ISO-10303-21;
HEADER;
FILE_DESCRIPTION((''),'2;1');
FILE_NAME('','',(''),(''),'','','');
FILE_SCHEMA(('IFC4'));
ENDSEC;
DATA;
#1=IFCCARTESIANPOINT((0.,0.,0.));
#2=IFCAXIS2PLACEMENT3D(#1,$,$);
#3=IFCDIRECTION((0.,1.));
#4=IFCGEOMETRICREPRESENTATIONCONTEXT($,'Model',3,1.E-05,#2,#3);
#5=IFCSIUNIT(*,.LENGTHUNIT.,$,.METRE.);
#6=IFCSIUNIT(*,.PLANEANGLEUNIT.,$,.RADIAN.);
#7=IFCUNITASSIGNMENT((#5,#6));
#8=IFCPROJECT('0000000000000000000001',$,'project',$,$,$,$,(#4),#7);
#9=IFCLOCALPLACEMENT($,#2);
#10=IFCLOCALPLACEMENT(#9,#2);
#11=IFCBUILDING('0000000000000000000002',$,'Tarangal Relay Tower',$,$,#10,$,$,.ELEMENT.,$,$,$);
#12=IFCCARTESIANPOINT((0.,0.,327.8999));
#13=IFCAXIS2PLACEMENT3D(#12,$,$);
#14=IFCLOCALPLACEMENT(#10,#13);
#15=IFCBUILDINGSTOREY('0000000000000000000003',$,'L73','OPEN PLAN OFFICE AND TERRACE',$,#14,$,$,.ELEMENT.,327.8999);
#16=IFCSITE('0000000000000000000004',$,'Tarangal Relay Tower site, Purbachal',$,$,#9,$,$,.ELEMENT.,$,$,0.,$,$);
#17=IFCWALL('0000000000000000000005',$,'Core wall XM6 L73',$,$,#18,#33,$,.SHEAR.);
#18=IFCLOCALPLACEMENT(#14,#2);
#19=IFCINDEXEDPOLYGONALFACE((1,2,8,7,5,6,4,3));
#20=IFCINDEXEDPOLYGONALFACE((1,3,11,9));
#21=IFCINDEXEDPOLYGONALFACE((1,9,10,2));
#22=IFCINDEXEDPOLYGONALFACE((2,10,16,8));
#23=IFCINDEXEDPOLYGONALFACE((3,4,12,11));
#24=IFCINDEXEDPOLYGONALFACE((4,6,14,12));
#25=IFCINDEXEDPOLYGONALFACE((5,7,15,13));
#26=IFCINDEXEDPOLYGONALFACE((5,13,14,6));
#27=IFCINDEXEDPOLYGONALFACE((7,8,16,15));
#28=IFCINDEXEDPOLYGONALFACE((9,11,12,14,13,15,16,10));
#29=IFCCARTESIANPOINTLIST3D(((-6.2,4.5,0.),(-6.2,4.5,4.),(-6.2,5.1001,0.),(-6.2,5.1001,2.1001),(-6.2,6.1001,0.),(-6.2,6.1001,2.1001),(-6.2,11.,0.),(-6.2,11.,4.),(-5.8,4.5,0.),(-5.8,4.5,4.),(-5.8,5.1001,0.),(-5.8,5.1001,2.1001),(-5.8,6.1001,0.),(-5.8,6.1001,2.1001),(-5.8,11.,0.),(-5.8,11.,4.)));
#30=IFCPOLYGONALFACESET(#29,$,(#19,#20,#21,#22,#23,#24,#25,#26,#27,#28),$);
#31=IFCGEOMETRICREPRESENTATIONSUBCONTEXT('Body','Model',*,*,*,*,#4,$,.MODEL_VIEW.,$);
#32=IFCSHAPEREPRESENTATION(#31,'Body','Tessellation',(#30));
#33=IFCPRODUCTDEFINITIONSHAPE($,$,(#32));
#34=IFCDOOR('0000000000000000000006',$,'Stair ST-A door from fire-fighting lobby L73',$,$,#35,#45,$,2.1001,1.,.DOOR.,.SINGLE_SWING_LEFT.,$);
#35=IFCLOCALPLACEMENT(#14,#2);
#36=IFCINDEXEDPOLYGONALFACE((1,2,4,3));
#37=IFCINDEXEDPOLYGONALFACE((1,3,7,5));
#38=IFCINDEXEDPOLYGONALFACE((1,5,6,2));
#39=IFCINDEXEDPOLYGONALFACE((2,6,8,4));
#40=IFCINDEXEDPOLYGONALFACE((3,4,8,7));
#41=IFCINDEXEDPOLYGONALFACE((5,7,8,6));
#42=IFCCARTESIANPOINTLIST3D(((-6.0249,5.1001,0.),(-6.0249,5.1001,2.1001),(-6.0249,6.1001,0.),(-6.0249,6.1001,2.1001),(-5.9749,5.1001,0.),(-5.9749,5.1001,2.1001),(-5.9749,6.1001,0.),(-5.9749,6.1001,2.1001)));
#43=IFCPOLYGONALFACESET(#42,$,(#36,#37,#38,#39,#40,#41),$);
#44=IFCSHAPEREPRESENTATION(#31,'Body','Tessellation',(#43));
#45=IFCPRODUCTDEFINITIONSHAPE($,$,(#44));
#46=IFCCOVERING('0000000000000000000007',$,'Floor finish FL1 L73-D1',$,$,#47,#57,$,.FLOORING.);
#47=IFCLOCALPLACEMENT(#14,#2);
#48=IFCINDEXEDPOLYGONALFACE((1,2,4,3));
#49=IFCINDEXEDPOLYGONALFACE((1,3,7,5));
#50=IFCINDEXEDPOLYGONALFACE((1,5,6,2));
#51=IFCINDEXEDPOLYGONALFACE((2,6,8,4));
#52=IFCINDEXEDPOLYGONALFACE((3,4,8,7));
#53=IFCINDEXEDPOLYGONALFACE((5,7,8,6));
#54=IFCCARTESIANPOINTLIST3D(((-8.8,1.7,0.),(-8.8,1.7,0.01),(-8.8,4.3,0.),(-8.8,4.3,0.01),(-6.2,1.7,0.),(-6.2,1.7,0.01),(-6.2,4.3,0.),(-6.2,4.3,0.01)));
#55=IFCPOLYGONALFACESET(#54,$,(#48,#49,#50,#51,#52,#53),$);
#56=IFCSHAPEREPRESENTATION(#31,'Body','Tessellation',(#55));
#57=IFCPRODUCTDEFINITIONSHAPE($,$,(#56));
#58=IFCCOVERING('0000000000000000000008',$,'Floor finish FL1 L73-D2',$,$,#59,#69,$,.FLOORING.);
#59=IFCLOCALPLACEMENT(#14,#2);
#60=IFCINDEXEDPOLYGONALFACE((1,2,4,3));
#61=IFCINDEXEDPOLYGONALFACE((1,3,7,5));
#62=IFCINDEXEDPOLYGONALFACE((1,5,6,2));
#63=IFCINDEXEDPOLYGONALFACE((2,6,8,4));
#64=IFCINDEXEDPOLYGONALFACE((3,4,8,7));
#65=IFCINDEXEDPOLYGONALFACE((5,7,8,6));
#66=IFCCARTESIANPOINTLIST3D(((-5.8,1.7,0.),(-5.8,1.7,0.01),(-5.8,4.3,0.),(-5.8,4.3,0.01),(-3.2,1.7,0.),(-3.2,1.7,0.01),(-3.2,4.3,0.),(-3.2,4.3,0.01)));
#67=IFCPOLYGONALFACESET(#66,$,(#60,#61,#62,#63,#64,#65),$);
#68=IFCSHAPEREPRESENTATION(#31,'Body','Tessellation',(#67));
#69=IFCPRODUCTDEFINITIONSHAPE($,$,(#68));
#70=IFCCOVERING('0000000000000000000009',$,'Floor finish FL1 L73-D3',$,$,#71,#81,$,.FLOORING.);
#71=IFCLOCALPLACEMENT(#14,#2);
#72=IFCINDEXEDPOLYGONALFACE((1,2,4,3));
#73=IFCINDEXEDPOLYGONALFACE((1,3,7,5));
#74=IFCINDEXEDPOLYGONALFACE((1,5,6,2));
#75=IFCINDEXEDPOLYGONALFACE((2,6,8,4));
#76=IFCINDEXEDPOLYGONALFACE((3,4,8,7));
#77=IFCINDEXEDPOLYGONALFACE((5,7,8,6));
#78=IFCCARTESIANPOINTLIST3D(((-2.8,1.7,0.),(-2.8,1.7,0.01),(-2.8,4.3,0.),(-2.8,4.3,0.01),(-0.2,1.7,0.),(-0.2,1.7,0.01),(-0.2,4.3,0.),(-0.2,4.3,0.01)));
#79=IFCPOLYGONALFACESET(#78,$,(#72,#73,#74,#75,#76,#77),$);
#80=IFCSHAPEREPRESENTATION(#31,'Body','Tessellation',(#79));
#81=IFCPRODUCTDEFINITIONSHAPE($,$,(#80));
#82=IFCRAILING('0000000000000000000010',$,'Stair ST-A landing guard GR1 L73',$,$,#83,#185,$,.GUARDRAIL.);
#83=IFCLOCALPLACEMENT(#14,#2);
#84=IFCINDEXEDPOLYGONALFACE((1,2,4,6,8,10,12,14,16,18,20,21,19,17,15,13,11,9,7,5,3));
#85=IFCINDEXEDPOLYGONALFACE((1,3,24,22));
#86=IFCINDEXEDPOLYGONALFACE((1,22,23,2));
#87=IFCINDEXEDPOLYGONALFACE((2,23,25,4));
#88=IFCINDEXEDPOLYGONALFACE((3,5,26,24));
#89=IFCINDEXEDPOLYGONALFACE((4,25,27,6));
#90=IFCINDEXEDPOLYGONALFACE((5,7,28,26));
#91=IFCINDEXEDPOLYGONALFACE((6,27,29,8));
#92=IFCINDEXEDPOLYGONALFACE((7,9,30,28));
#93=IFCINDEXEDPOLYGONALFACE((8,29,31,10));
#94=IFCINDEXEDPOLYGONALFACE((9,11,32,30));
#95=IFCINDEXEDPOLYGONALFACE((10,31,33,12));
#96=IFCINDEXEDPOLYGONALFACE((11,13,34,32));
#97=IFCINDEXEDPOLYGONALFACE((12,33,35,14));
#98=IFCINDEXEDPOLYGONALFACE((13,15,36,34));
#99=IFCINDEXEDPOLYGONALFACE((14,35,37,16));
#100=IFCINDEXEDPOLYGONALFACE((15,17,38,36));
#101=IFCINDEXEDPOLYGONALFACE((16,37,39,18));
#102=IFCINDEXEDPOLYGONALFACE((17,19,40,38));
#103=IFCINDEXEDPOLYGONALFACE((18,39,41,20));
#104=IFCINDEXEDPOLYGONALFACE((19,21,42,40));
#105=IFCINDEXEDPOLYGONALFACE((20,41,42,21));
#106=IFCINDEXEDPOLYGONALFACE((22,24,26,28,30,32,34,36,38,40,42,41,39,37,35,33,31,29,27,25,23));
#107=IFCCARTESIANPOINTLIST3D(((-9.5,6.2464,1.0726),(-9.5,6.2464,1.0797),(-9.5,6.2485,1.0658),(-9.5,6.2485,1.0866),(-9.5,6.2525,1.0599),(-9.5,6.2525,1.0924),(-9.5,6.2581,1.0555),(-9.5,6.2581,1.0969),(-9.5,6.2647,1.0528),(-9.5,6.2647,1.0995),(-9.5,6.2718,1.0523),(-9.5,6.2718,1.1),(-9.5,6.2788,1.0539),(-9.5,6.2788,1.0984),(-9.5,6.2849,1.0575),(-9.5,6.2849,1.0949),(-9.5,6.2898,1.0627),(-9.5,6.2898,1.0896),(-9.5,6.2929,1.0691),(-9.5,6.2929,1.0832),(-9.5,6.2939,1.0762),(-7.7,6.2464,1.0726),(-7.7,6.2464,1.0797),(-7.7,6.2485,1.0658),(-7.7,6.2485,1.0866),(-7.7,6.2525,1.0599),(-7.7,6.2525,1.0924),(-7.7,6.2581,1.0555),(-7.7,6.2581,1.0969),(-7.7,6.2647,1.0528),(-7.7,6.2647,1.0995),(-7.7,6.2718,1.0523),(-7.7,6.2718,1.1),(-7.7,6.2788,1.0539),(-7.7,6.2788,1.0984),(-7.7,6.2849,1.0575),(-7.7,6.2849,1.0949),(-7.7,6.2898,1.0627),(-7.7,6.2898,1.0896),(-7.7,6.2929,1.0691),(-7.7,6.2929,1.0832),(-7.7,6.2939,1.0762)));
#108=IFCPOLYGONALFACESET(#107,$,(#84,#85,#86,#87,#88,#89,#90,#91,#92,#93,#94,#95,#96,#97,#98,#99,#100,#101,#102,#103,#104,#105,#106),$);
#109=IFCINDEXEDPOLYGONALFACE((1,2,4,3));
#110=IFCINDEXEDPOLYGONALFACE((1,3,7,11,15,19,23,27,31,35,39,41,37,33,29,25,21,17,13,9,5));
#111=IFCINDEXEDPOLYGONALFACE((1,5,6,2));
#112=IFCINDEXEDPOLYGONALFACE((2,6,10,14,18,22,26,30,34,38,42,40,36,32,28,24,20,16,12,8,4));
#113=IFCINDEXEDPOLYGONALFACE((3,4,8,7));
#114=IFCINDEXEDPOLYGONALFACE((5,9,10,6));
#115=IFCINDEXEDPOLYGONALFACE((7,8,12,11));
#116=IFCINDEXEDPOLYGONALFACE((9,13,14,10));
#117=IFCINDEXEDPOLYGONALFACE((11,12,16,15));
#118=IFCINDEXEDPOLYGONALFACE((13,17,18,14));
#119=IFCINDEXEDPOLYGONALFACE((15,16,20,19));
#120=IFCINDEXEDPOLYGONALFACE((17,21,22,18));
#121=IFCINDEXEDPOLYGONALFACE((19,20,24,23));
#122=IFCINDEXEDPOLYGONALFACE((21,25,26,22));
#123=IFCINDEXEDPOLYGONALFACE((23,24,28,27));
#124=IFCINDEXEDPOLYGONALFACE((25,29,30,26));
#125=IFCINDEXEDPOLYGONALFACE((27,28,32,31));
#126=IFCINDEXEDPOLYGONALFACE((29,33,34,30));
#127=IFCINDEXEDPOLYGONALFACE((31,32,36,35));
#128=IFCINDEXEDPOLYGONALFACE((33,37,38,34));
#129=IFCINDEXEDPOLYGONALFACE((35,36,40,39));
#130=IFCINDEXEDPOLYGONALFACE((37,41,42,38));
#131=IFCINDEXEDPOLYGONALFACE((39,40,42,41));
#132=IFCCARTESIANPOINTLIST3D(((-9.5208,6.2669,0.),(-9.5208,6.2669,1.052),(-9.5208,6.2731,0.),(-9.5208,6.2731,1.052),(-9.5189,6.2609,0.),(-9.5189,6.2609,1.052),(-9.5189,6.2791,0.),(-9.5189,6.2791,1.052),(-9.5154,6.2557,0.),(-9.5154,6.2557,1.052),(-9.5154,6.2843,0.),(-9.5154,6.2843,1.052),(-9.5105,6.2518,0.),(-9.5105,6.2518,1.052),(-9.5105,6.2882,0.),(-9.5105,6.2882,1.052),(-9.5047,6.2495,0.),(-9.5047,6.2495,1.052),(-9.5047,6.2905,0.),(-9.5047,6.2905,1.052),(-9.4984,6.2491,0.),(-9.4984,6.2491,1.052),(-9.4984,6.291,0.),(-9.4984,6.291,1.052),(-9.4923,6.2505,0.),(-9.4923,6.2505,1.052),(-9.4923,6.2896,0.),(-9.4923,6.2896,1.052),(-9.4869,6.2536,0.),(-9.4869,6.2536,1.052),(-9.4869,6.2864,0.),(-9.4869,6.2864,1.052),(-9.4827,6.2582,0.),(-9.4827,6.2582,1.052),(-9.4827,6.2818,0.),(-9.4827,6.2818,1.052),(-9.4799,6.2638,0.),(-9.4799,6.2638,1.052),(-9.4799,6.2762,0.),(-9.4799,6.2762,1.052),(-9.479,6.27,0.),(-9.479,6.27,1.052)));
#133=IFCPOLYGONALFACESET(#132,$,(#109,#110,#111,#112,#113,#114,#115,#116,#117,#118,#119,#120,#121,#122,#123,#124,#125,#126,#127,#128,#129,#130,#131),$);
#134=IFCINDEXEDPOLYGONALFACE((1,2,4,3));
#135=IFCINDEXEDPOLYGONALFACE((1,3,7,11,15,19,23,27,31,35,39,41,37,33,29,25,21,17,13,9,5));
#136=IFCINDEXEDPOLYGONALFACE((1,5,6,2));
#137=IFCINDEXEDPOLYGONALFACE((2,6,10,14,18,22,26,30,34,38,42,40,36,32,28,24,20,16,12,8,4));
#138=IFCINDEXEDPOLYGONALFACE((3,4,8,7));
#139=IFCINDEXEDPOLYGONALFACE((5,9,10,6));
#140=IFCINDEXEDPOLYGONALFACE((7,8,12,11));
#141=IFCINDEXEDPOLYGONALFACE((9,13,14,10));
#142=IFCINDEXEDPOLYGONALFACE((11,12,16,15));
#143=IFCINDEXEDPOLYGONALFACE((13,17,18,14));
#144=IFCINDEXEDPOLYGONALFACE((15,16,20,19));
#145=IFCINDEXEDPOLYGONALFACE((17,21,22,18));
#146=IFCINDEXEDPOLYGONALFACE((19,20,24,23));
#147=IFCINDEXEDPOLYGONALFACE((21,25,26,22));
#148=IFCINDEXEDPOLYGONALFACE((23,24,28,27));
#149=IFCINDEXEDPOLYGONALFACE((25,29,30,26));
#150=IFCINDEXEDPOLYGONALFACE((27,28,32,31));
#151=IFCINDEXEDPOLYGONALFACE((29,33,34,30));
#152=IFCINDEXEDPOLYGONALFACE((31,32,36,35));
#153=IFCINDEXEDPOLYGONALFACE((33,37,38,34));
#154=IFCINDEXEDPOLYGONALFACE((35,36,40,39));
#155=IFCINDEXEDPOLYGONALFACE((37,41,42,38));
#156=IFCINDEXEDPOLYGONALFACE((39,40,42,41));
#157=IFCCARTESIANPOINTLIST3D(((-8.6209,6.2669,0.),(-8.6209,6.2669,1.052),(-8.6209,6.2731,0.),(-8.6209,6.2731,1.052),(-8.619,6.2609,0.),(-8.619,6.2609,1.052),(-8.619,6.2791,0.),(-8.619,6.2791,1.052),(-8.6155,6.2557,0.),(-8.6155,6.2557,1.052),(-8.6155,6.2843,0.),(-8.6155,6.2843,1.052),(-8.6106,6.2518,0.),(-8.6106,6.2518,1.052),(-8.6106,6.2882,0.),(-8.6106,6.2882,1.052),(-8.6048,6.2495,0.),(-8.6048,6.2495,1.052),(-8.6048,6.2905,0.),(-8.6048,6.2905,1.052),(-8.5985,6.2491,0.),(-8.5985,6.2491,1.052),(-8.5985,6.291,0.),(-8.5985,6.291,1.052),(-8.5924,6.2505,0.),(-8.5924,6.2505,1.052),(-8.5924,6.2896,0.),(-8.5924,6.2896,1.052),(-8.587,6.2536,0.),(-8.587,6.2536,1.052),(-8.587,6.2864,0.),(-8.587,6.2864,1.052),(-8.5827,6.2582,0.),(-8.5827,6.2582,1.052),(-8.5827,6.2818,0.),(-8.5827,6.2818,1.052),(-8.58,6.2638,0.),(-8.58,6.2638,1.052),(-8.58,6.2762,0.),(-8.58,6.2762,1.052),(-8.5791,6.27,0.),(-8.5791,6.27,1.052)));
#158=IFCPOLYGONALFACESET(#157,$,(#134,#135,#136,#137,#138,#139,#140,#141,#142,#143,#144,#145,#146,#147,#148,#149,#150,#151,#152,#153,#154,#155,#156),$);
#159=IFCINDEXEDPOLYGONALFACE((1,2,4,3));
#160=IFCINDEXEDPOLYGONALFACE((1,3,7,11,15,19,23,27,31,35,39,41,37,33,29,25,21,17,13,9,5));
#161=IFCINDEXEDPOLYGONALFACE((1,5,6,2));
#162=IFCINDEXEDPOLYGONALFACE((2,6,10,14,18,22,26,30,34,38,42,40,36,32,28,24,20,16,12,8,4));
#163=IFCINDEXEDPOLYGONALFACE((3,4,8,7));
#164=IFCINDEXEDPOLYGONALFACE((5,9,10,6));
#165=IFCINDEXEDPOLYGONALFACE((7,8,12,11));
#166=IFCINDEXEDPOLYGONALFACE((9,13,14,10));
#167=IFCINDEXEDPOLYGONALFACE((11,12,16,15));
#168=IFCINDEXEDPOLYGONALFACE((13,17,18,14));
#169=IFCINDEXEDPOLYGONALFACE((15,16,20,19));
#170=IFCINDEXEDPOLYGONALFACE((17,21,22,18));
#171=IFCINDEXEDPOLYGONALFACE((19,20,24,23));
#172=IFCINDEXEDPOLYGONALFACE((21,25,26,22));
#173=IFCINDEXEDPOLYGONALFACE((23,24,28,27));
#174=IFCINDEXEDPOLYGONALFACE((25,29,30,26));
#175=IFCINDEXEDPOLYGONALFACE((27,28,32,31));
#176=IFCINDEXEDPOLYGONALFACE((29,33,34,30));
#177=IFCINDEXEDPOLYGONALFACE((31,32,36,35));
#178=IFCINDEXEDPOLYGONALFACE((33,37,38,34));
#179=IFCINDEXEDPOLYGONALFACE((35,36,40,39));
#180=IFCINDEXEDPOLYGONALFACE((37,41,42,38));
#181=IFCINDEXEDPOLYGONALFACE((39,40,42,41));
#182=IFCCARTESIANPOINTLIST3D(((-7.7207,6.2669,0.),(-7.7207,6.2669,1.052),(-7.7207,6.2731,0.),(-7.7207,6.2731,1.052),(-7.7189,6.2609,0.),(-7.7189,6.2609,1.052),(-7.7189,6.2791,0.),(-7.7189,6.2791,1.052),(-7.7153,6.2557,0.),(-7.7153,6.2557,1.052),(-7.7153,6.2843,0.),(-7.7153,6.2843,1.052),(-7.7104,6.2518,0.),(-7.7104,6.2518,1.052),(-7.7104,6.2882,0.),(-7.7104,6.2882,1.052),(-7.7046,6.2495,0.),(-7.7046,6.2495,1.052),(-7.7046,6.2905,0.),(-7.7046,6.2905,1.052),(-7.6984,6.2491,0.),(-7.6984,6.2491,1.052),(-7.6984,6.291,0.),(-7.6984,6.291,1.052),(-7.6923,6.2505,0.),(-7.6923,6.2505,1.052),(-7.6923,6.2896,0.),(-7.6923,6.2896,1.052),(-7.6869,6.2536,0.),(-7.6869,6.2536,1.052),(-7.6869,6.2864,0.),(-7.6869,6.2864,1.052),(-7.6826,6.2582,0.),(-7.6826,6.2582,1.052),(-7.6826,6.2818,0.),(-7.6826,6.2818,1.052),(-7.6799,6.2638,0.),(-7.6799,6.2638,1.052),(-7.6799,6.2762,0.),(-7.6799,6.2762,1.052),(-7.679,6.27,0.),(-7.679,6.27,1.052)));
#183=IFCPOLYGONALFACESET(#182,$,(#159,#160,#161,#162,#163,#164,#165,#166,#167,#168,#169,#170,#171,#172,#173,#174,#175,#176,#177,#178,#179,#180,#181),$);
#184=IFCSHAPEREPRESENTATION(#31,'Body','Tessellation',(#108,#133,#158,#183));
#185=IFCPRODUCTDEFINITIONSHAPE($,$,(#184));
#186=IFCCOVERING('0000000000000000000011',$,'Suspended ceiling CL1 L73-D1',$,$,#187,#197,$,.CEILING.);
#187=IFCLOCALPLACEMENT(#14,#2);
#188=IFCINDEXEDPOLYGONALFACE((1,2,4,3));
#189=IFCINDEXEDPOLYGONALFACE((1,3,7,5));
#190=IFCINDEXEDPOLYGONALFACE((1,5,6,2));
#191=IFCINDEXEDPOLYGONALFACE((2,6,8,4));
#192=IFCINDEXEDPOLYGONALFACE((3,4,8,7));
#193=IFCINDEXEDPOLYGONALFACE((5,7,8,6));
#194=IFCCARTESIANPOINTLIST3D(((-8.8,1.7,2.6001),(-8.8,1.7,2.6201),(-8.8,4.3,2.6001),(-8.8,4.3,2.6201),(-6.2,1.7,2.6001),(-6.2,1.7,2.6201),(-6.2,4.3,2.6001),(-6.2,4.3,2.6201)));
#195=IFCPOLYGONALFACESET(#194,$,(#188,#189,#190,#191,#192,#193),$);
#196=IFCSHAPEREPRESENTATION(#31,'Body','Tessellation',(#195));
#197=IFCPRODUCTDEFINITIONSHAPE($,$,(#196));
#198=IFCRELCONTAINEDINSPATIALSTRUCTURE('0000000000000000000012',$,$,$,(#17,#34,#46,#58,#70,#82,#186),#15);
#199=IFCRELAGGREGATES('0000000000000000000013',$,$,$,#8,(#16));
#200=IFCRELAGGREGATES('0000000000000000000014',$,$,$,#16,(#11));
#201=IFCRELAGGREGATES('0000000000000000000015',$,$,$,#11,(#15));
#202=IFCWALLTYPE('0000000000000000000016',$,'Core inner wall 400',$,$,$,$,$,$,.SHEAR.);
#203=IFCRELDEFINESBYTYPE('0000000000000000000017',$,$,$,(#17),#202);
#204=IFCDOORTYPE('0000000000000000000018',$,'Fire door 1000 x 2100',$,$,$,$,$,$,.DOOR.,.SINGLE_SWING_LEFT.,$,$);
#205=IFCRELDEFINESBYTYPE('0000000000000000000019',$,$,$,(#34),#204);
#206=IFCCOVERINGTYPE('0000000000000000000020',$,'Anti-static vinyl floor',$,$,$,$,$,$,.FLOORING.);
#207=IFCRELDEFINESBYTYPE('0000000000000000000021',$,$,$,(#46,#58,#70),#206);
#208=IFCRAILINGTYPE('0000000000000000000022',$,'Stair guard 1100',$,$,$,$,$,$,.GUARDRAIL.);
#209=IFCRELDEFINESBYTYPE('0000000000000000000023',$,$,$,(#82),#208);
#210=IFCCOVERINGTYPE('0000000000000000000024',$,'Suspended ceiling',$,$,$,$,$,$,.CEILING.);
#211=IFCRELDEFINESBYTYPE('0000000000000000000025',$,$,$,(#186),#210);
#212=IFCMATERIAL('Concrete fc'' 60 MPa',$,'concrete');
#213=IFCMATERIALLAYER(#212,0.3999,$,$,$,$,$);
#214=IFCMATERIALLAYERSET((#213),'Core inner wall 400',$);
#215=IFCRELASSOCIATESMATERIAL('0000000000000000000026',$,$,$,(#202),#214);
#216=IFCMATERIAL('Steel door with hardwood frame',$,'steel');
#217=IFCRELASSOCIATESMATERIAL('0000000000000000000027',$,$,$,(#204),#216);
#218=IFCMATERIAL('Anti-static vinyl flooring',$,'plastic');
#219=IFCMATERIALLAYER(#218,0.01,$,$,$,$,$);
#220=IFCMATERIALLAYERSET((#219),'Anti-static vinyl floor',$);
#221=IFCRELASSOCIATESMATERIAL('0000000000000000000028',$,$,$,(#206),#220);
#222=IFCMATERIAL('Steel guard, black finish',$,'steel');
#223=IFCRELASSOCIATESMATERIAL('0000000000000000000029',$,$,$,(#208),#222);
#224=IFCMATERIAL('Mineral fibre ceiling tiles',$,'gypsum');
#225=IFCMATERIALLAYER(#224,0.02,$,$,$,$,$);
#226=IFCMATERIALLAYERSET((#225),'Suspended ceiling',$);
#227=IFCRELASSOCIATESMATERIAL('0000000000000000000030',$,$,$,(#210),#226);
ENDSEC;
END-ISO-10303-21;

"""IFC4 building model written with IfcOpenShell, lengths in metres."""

from ifc_helpers import new_model, si_unit, direction, frame, frame_2d, origin, origin_2d, place, context, subcontext, project, spatial, polyline, rectangle, circle, outline, extrude, material, layer, layer_set, type_object, element, fill, save


model = new_model("IFC4")

# Units and contexts
model_context = context("Model", 3, precision=1e-05, world=origin(), true_north=direction((0.0, 1.0)))
body_context = subcontext(model_context, "Body", "Model", "MODEL_VIEW")
ifc_project = project(units=[si_unit("LENGTHUNIT", "METRE"), si_unit("PLANEANGLEUNIT", "RADIAN")], contexts=[model_context])

# Site, building, storey
site_placement = place(None, origin())
site = spatial("IfcSite", under=ifc_project, at=site_placement, Name="Tarangal Relay Tower site, Purbachal", CompositionType="ELEMENT", RefElevation=0.0)
building_placement = place(site_placement, origin())
building = spatial("IfcBuilding", under=site, at=building_placement, Name="Tarangal Relay Tower", CompositionType="ELEMENT")
storey_placement = place(building_placement, frame((0.0, 0.0, 327.8999)))
storey = spatial("IfcBuildingStorey", under=building, at=storey_placement, Name="L73", Description="OPEN PLAN OFFICE AND TERRACE", CompositionType="ELEMENT", Elevation=327.8999)

# Shared definitions
ifc_material_1 = material(Name="Concrete fc' 60 MPa", Category="concrete")
ifc_layer_1 = layer(ifc_material_1, 0.3999)
ifc_layer_set_1 = layer_set([ifc_layer_1], Name="Core inner wall 400")
wall_type = type_object("IfcWallType", Name="Core inner wall 400", PredefinedType="SHEAR", material=ifc_layer_set_1)
ifc_material_2 = material(Name="Steel door with hardwood frame", Category="steel")

# Wall, opening, door
wall_1_placement = place(storey_placement, frame((-6.0, 4.5, 0.0), z_axis=(0.0, 0.0, 1.0), x_axis=(0.0, 1.0, 0.0)))
wall_1 = element("IfcWall", 1, at=wall_1_placement, inside=storey, type_object=wall_type, Name="Core wall XM6 L73", PredefinedType="SHEAR", context=body_context, shape_type="SweptSolid", body=[
    extrude(rectangle(XDim=6.5, YDim=0.3999, at=frame_2d((3.25, 0.0))), origin(), (0.0, 0.0, 1.0), 4.0),
])
opening_1_placement = place(wall_1_placement, frame((0.6001, 0.0, 0.0)))
opening_1 = element("IfcOpeningElement", 2, at=opening_1_placement, cuts=wall_1, PredefinedType="OPENING", context=body_context, shape_type="SweptSolid", body=[
    extrude(rectangle(XDim=1.0, YDim=2.1001, at=frame_2d((0.5, 1.05))), frame((0.0, 0.21, 0.0), z_axis=(0.0, -1.0, 0.0), x_axis=(1.0, 0.0, 0.0)), (0.0, 0.0, 1.0), 0.4199),
])
door_type_1 = type_object("IfcDoorType", Name="Fire door 1000 x 2100", OperationType="SINGLE_SWING_LEFT", PredefinedType="DOOR", material=ifc_material_2)
door_1_placement = place(opening_1_placement, origin())
door_1 = element("IfcDoor", 3, at=door_1_placement, inside=storey, type_object=door_type_1, Name="Stair ST-A door from fire-fighting lobby L73", OperationType="SINGLE_SWING_LEFT", OverallHeight=2.1001, OverallWidth=1.0, PredefinedType="DOOR", context=body_context, shape_type="SweptSolid", body=[
    extrude(rectangle(XDim=1.0, YDim=2.1001, at=frame_2d((0.5, 1.05))), frame((0.0, 0.0249, 0.0), z_axis=(0.0, -1.0, 0.0), x_axis=(1.0, 0.0, 0.0)), (0.0, 0.0, 1.0), 0.05),
])
fill(opening_1, door_1)

# Coverings
ifc_material_3 = material(Name="Anti-static vinyl flooring", Category="plastic")
ifc_layer_2 = layer(ifc_material_3, 0.01)
ifc_layer_set_2 = layer_set([ifc_layer_2], Name="Anti-static vinyl floor")
covering_type_1 = type_object("IfcCoveringType", Name="Anti-static vinyl floor", PredefinedType="FLOORING", material=ifc_layer_set_2)
covering_1_placement = place(storey_placement, origin())
element("IfcCovering", 4, at=covering_1_placement, inside=storey, type_object=covering_type_1, Name="Floor finish FL1 L73-D1", PredefinedType="FLOORING", context=body_context, shape_type="SweptSolid", body=[
    extrude(outline(polyline([(-8.8, 1.7), (-6.2, 1.7), (-6.2, 4.3), (-8.8, 4.3), (-8.8, 1.7)])), origin(), (0.0, 0.0, 1.0), 0.01),
])
covering_2_placement = place(storey_placement, origin())
element("IfcCovering", 5, at=covering_2_placement, inside=storey, type_object=covering_type_1, Name="Floor finish FL1 L73-D2", PredefinedType="FLOORING", context=body_context, shape_type="SweptSolid", body=[
    extrude(outline(polyline([(-5.8, 1.7), (-3.2, 1.7), (-3.2, 4.3), (-5.8, 4.3), (-5.8, 1.7)])), origin(), (0.0, 0.0, 1.0), 0.01),
])
covering_3_placement = place(storey_placement, origin())
element("IfcCovering", 6, at=covering_3_placement, inside=storey, type_object=covering_type_1, Name="Floor finish FL1 L73-D3", PredefinedType="FLOORING", context=body_context, shape_type="SweptSolid", body=[
    extrude(outline(polyline([(-2.8, 1.7), (-0.2, 1.7), (-0.2, 4.3), (-2.8, 4.3), (-2.8, 1.7)])), origin(), (0.0, 0.0, 1.0), 0.01),
])

# Railing
ifc_material_4 = material(Name="Steel guard, black finish", Category="steel")
railing_type = type_object("IfcRailingType", Name="Stair guard 1100", PredefinedType="GUARDRAIL", material=ifc_material_4)
railing_placement = place(storey_placement, frame((-9.5, 6.27, 0.0)))
element("IfcRailing", 7, at=railing_placement, inside=storey, type_object=railing_type, Name="Stair ST-A landing guard GR1 L73", PredefinedType="GUARDRAIL", context=body_context, shape_type="SweptSolid", body=[
    extrude(circle(Radius=0.0239, at=origin_2d()), frame((0.0, 0.0, 1.0762), z_axis=(1.0, 0.0, 0.0), x_axis=(0.0, 1.0, 0.0)), (0.0, 0.0, 1.0), 1.8),
    extrude(circle(Radius=0.021, at=origin_2d()), origin(), (0.0, 0.0, 1.0), 1.052),
    extrude(circle(Radius=0.021, at=origin_2d()), frame((0.8999, 0.0, 0.0)), (0.0, 0.0, 1.0), 1.052),
    extrude(circle(Radius=0.021, at=origin_2d()), frame((1.8, 0.0, 0.0)), (0.0, 0.0, 1.0), 1.052),
])

# Covering
ifc_material_5 = material(Name="Mineral fibre ceiling tiles", Category="gypsum")
ifc_layer_3 = layer(ifc_material_5, 0.02)
ifc_layer_set_3 = layer_set([ifc_layer_3], Name="Suspended ceiling")
covering_type_2 = type_object("IfcCoveringType", Name="Suspended ceiling", PredefinedType="CEILING", material=ifc_layer_set_3)
covering_4_placement = place(storey_placement, frame((0.0, 0.0, 2.6001)))
element("IfcCovering", 8, at=covering_4_placement, inside=storey, type_object=covering_type_2, Name="Suspended ceiling CL1 L73-D1", PredefinedType="CEILING", context=body_context, shape_type="SweptSolid", body=[
    extrude(outline(polyline([(-8.8, 1.7), (-6.2, 1.7), (-6.2, 4.3), (-8.8, 4.3), (-8.8, 1.7)])), origin(), (0.0, 0.0, 1.0), 0.02),
])

save(model, "model.ifc")
